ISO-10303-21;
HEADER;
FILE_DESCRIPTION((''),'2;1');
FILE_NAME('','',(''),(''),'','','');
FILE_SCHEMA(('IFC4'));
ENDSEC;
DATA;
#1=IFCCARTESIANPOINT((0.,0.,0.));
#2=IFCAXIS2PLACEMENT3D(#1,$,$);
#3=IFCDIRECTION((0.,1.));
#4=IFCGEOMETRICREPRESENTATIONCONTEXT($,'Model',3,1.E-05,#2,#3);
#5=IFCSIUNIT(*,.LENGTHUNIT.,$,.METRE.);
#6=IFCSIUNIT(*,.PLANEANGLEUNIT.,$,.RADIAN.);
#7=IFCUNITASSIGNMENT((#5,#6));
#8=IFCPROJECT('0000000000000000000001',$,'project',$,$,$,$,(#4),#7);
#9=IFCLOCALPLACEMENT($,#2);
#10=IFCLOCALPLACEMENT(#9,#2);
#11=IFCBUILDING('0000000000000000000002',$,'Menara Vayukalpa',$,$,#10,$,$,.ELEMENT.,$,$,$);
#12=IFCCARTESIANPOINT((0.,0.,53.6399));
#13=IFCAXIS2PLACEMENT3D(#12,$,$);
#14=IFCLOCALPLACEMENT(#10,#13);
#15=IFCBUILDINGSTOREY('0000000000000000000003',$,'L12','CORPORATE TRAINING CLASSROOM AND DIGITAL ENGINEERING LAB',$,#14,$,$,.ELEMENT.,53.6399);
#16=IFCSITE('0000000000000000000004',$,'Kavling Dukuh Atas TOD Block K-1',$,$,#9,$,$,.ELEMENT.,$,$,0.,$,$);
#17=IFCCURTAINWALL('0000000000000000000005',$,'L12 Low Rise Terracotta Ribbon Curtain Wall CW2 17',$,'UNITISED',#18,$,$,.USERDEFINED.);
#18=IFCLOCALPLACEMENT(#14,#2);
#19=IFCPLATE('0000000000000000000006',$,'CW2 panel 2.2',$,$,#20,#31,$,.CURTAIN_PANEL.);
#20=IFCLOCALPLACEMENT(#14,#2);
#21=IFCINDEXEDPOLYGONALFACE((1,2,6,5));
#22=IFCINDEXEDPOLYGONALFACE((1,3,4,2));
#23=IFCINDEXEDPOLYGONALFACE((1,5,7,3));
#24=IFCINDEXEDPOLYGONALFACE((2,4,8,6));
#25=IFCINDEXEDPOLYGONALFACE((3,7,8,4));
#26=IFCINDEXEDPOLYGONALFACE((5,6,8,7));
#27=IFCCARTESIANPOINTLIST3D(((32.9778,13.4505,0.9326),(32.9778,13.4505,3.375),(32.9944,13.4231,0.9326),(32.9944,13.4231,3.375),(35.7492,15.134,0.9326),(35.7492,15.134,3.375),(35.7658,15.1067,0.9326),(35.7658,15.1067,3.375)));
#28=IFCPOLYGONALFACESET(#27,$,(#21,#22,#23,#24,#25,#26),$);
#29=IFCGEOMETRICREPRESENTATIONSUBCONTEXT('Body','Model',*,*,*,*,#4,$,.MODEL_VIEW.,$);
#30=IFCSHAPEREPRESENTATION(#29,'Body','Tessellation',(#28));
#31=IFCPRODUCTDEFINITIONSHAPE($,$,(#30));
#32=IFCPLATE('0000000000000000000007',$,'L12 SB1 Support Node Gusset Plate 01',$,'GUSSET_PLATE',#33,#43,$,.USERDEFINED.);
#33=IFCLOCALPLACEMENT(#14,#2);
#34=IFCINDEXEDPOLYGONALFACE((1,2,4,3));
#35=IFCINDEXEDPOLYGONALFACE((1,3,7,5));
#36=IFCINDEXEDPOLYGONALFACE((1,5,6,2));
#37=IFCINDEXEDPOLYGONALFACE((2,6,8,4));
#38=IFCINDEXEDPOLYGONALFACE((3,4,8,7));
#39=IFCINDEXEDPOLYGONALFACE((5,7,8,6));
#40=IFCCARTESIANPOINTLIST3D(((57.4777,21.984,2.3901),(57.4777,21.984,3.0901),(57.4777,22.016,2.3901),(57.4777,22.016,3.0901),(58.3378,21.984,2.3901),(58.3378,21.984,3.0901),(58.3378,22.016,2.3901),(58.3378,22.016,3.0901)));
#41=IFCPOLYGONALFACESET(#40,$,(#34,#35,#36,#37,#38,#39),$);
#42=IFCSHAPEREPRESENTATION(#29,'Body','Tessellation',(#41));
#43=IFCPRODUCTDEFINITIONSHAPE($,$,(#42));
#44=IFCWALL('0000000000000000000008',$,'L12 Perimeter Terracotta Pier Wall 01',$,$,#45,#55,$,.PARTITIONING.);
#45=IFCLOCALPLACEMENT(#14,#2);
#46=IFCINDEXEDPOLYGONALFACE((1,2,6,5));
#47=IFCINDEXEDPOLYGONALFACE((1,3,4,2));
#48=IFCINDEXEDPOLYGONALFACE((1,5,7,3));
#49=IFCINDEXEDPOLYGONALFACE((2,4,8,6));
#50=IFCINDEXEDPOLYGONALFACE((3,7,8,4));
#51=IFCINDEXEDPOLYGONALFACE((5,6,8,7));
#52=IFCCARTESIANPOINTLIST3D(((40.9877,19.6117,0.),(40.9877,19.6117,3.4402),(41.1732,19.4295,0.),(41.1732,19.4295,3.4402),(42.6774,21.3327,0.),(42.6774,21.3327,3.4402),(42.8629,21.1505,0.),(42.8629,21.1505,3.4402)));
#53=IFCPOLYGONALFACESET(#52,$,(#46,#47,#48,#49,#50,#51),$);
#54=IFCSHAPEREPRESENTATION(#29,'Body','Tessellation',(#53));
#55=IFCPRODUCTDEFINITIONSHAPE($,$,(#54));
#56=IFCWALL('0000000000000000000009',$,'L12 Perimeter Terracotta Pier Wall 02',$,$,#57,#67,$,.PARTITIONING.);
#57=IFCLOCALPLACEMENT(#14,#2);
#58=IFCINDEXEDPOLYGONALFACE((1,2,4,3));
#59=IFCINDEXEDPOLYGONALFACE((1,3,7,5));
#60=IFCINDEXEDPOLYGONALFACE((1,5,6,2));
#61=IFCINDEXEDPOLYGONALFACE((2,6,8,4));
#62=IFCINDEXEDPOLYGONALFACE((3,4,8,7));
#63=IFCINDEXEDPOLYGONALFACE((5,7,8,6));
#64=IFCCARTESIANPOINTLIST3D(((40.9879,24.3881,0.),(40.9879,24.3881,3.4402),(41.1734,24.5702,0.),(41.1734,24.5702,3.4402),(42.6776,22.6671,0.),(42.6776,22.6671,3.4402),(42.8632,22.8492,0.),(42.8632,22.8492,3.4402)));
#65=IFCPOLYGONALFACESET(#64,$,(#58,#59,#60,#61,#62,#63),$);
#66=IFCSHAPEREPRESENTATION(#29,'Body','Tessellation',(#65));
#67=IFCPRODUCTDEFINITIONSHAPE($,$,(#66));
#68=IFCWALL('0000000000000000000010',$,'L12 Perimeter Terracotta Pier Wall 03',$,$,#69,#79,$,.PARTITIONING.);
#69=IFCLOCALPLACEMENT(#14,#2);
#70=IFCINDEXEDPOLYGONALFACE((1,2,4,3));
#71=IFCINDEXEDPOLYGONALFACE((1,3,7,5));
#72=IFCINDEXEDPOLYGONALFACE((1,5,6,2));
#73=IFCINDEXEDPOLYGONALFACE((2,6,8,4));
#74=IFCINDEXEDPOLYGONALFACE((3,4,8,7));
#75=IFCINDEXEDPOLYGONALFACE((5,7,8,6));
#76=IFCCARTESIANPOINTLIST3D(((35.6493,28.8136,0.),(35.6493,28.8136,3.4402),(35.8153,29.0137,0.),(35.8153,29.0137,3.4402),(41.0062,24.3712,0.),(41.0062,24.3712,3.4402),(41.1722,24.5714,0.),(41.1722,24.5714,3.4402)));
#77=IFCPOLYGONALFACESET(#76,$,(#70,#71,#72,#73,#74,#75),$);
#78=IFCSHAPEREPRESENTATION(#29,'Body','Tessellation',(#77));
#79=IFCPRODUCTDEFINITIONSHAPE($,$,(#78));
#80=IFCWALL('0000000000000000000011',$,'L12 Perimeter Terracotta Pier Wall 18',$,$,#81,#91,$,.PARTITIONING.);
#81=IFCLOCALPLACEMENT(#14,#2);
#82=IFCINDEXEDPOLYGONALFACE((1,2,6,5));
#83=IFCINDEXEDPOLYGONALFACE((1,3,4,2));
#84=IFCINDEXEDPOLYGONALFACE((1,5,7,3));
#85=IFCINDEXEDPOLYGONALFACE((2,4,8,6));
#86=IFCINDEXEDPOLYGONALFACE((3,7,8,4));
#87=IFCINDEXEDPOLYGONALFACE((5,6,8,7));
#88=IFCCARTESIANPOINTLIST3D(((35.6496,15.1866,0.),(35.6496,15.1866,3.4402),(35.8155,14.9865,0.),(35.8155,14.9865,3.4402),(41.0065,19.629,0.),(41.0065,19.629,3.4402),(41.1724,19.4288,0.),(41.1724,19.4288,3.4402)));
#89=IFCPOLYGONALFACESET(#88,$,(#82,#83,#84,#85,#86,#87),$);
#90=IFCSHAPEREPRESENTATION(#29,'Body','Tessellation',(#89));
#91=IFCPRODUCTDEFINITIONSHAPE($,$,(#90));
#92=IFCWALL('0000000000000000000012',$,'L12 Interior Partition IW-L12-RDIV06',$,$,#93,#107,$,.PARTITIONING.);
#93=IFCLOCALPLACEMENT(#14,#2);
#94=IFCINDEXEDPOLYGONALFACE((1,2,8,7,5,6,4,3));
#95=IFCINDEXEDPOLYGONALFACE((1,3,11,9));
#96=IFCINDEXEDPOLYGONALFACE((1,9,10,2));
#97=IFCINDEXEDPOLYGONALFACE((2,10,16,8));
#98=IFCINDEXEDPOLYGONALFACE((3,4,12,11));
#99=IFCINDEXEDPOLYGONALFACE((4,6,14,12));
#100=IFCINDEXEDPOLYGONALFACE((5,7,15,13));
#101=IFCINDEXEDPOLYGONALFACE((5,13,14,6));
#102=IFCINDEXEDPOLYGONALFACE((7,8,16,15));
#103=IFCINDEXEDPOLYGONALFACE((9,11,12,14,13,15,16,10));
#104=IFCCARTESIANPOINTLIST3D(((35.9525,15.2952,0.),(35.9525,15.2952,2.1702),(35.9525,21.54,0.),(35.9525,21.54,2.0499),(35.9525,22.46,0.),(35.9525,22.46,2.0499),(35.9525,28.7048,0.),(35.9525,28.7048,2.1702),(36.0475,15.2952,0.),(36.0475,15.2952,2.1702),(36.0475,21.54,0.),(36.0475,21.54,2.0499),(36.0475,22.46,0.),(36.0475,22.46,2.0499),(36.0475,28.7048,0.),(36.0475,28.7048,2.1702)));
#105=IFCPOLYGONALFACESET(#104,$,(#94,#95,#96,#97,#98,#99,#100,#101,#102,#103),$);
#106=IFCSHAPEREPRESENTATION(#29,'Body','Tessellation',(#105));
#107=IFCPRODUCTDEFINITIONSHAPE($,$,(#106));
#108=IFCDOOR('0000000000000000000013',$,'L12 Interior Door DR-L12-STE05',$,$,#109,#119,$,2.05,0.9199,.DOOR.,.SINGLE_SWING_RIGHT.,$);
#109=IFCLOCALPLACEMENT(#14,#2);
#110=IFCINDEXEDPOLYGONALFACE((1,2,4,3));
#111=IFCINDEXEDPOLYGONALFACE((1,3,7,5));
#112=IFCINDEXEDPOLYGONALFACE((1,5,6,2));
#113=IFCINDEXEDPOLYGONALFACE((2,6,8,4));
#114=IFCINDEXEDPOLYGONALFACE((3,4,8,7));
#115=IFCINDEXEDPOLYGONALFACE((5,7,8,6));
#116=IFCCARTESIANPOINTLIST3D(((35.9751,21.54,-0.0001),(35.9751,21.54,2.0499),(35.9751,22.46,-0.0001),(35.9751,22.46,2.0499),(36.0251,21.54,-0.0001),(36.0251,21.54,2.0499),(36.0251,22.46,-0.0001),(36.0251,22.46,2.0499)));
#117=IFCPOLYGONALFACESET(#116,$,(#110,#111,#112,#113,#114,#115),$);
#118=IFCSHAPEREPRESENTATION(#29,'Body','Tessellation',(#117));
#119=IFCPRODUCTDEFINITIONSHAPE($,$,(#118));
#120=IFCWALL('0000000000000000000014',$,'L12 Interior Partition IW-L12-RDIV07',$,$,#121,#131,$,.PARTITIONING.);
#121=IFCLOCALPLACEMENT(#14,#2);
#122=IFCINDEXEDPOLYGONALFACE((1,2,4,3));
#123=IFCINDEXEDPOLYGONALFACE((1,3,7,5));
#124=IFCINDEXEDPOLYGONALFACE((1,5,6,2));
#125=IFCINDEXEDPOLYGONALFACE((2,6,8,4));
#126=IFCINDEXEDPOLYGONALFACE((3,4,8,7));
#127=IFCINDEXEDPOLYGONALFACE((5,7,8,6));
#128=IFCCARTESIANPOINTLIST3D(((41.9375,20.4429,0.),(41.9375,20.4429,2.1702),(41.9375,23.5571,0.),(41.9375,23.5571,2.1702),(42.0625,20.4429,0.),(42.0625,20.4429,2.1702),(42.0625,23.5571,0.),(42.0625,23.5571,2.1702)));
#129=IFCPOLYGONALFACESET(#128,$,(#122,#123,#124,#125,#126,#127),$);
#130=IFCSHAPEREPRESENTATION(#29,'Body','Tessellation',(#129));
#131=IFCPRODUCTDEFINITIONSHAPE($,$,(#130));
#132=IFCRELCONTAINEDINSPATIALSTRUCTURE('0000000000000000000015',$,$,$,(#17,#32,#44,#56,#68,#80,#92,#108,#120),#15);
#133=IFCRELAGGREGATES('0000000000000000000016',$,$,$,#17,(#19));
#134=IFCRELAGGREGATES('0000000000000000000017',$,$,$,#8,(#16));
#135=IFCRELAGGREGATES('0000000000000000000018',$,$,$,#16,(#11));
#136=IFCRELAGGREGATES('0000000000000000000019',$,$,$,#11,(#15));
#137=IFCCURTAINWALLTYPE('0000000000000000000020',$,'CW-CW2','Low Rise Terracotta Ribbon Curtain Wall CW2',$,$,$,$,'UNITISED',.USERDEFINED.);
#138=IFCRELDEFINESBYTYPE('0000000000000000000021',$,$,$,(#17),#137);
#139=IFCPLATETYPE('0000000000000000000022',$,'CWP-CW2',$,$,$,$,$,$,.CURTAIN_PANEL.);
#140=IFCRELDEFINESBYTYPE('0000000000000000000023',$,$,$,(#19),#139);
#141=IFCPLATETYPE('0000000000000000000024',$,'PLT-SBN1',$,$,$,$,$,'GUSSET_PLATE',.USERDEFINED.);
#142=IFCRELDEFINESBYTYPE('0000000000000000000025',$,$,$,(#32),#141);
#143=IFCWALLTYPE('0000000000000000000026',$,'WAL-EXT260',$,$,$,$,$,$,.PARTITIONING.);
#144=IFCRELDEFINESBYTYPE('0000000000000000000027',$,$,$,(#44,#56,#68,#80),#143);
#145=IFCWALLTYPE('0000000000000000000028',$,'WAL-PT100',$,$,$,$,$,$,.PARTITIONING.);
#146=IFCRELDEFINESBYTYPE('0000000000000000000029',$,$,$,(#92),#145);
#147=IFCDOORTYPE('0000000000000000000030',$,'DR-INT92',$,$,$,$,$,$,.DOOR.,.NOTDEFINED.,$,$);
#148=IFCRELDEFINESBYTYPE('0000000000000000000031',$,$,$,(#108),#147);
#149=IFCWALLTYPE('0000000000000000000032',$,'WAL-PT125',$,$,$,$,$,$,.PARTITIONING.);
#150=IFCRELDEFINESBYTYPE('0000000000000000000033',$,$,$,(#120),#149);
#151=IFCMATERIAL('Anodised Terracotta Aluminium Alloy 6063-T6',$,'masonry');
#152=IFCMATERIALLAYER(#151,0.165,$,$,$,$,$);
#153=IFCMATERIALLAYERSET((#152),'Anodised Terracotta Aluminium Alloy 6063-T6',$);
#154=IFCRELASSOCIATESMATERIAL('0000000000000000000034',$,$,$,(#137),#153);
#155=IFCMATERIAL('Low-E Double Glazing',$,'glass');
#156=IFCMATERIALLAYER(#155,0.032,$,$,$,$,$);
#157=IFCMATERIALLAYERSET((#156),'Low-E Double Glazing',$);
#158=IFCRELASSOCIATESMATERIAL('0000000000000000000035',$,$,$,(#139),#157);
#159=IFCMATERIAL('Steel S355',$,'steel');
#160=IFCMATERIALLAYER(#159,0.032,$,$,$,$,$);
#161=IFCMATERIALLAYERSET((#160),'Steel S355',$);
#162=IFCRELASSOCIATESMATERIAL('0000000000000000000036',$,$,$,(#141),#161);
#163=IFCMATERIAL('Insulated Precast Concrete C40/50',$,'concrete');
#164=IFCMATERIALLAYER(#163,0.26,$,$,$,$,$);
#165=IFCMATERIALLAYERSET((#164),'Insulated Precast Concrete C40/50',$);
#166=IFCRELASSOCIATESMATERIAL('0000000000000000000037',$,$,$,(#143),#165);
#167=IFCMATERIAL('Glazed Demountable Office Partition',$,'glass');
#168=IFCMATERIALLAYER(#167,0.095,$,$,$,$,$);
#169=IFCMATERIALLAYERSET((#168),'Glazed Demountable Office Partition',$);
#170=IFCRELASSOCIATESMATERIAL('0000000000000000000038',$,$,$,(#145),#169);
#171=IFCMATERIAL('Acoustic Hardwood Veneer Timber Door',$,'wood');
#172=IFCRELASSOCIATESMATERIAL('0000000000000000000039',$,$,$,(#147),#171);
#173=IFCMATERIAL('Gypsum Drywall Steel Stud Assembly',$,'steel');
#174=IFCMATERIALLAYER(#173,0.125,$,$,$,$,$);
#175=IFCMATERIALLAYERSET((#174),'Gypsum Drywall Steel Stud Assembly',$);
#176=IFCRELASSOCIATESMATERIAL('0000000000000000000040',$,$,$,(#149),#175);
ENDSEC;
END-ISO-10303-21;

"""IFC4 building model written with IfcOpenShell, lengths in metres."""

from ifc_helpers import new_model, si_unit, direction, frame, frame_2d, origin, origin_2d, place, context, subcontext, project, spatial, rectangle, extrude, material, layer, layer_set, type_object, element, fill, aggregate, save


model = new_model("IFC4")

# Units and contexts
model_context = context("Model", 3, precision=1e-05, world=origin(), true_north=direction((0.0, 1.0)))
body_context = subcontext(model_context, "Body", "Model", "MODEL_VIEW")
ifc_project = project(units=[si_unit("LENGTHUNIT", "METRE"), si_unit("PLANEANGLEUNIT", "RADIAN")], contexts=[model_context])

# Site, building, storey
site_placement = place(None, origin())
site = spatial("IfcSite", under=ifc_project, at=site_placement, Name="Kavling Dukuh Atas TOD Block K-1", CompositionType="ELEMENT", RefElevation=0.0)
building_placement = place(site_placement, origin())
building = spatial("IfcBuilding", under=site, at=building_placement, Name="Menara Vayukalpa", CompositionType="ELEMENT")
storey_placement = place(building_placement, frame((0.0, 0.0, 53.6399)))
storey = spatial("IfcBuildingStorey", under=building, at=storey_placement, Name="L12", Description="CORPORATE TRAINING CLASSROOM AND DIGITAL ENGINEERING LAB", CompositionType="ELEMENT", Elevation=53.6399)

# Curtain wall
ifc_material_1 = material(Name="Anodised Terracotta Aluminium Alloy 6063-T6", Category="masonry")
ifc_layer_1 = layer(ifc_material_1, 0.165)
ifc_layer_set_1 = layer_set([ifc_layer_1], Name="Anodised Terracotta Aluminium Alloy 6063-T6")
curtain_wall_type = type_object("IfcCurtainWallType", Name="CW-CW2", Description="Low Rise Terracotta Ribbon Curtain Wall CW2", ElementType="UNITISED", PredefinedType="USERDEFINED", material=ifc_layer_set_1)
curtain_wall_1_placement = place(storey_placement, origin())
curtain_wall_1 = element("IfcCurtainWall", 1, at=curtain_wall_1_placement, inside=storey, type_object=curtain_wall_type, Name="L12 Low Rise Terracotta Ribbon Curtain Wall CW2 17", ObjectType="UNITISED", PredefinedType="USERDEFINED")

# Plates
ifc_material_2 = material(Name="Low-E Double Glazing", Category="glass")
ifc_layer_2 = layer(ifc_material_2, 0.032)
ifc_layer_set_2 = layer_set([ifc_layer_2], Name="Low-E Double Glazing")
plate_type_1 = type_object("IfcPlateType", Name="CWP-CW2", PredefinedType="CURTAIN_PANEL", material=ifc_layer_set_2)
plate_1_placement = place(storey_placement, frame((34.3718, 14.2786, 0.9326), z_axis=(0.0, 0.0, 1.0), x_axis=(0.854664, 0.519182, 0.0)))
plate_1 = element("IfcPlate", 2, at=plate_1_placement, type_object=plate_type_1, Name="CW2 panel 2.2", PredefinedType="CURTAIN_PANEL", context=body_context, shape_type="SweptSolid", body=[
    extrude(rectangle(XDim=3.2427, YDim=0.032, at=origin_2d()), origin(), (0.0, 0.0, 1.0), 2.4424),
])
aggregate(curtain_wall_1, [plate_1])
ifc_material_3 = material(Name="Steel S355", Category="steel")
ifc_layer_3 = layer(ifc_material_3, 0.032)
ifc_layer_set_3 = layer_set([ifc_layer_3], Name="Steel S355")
plate_type_2 = type_object("IfcPlateType", Name="PLT-SBN1", ElementType="GUSSET_PLATE", PredefinedType="USERDEFINED", material=ifc_layer_set_3)
plate_2_placement = place(storey_placement, frame((57.9077, 22.0, 2.3901), z_axis=(0.0, 0.0, 1.0), x_axis=(1.0, 0.0, 0.0)))
element("IfcPlate", 3, at=plate_2_placement, inside=storey, type_object=plate_type_2, Name="L12 SB1 Support Node Gusset Plate 01", ObjectType="GUSSET_PLATE", PredefinedType="USERDEFINED", context=body_context, shape_type="SweptSolid", body=[
    extrude(rectangle(XDim=0.8601, YDim=0.032, at=origin_2d()), origin(), (0.0, 0.0, 1.0), 0.7),
])

# Walls
ifc_material_4 = material(Name="Insulated Precast Concrete C40/50", Category="concrete")
ifc_layer_4 = layer(ifc_material_4, 0.26)
ifc_layer_set_4 = layer_set([ifc_layer_4], Name="Insulated Precast Concrete C40/50")
wall_type_1 = type_object("IfcWallType", Name="WAL-EXT260", PredefinedType="PARTITIONING", material=ifc_layer_set_4)
for number, where, z_axis, x_axis, name in (
    (4, (42.7703, 21.2417, 0.0), (0.0, 0.0, 1.0), (-0.700599, -0.713556, 0.0), "L12 Perimeter Terracotta Pier Wall 01"),
    (5, (41.0806, 24.4792, 0.0), (0.0, 0.0, 1.0), (0.700599, -0.713556, 0.0), "L12 Perimeter Terracotta Pier Wall 02"),
):
    element("IfcWall", number, at=place(storey_placement, frame(where, z_axis=z_axis, x_axis=x_axis)), inside=storey, type_object=wall_type_1, Name=name, PredefinedType="PARTITIONING", context=body_context, shape_type="SweptSolid", body=[
        extrude(rectangle(XDim=2.4119, YDim=0.26, at=frame_2d((1.2061, 0.0))), origin(), (0.0, 0.0, 1.0), 3.4402),
    ])
for number, where, z_axis, x_axis, name in (
    (6, (35.7324, 28.9136, 0.0), (0.0, 0.0, 1.0), (0.769755, -0.63834, 0.0), "L12 Perimeter Terracotta Pier Wall 03"),
    (7, (41.0894, 19.5288, 0.0), (0.0, 0.0, 1.0), (-0.769755, -0.63834, 0.0), "L12 Perimeter Terracotta Pier Wall 18"),
):
    element("IfcWall", number, at=place(storey_placement, frame(where, z_axis=z_axis, x_axis=x_axis)), inside=storey, type_object=wall_type_1, Name=name, PredefinedType="PARTITIONING", context=body_context, shape_type="SweptSolid", body=[
        extrude(rectangle(XDim=6.9592, YDim=0.26, at=frame_2d((3.4795, 0.0))), origin(), (0.0, 0.0, 1.0), 3.4402),
    ])

# Wall, opening, door
ifc_material_5 = material(Name="Glazed Demountable Office Partition", Category="glass")
ifc_layer_5 = layer(ifc_material_5, 0.095)
ifc_layer_set_5 = layer_set([ifc_layer_5], Name="Glazed Demountable Office Partition")
wall_type_2 = type_object("IfcWallType", Name="WAL-PT100", PredefinedType="PARTITIONING", material=ifc_layer_set_5)
wall_1_placement = place(storey_placement, frame((36.0, 15.2952, 0.0), z_axis=(0.0, 0.0, 1.0), x_axis=(0.0, 1.0, 0.0)))
wall_1 = element("IfcWall", 8, at=wall_1_placement, inside=storey, type_object=wall_type_2, Name="L12 Interior Partition IW-L12-RDIV06", PredefinedType="PARTITIONING", context=body_context, shape_type="SweptSolid", body=[
    extrude(rectangle(XDim=13.4097, YDim=0.095, at=frame_2d((6.7048, 0.0))), origin(), (0.0, 0.0, 1.0), 2.1702),
])
opening_placement = place(wall_1_placement, frame((6.2449, 0.0, 0.0)))
opening = element("IfcOpeningElement", 9, at=opening_placement, cuts=wall_1, PredefinedType="OPENING", context=body_context, shape_type="SweptSolid", body=[
    extrude(rectangle(XDim=0.9199, YDim=2.05, at=frame_2d((0.46, 1.0249))), frame((0.0, 0.0574, 0.0), z_axis=(0.0, -1.0, 0.0), x_axis=(1.0, 0.0, 0.0)), (0.0, 0.0, 1.0), 0.115),
])
ifc_material_6 = material(Name="Acoustic Hardwood Veneer Timber Door", Category="wood")
door_type = type_object("IfcDoorType", Name="DR-INT92", OperationType="NOTDEFINED", PredefinedType="DOOR", material=ifc_material_6)
door_placement = place(opening_placement, origin())
door = element("IfcDoor", 10, at=door_placement, inside=storey, type_object=door_type, Name="L12 Interior Door DR-L12-STE05", OperationType="SINGLE_SWING_RIGHT", OverallHeight=2.05, OverallWidth=0.9199, PredefinedType="DOOR", context=body_context, shape_type="SweptSolid", body=[
    extrude(rectangle(XDim=0.9199, YDim=2.05, at=frame_2d((0.46, 1.0249))), frame((0.0, 0.0249, 0.0), z_axis=(0.0, -1.0, 0.0), x_axis=(1.0, 0.0, 0.0)), (0.0, 0.0, 1.0), 0.05),
])
fill(opening, door)

# Wall
ifc_material_7 = material(Name="Gypsum Drywall Steel Stud Assembly", Category="steel")
ifc_layer_6 = layer(ifc_material_7, 0.125)
ifc_layer_set_6 = layer_set([ifc_layer_6], Name="Gypsum Drywall Steel Stud Assembly")
wall_type_3 = type_object("IfcWallType", Name="WAL-PT125", PredefinedType="PARTITIONING", material=ifc_layer_set_6)
wall_2_placement = place(storey_placement, frame((42.0, 20.4429, 0.0), z_axis=(0.0, 0.0, 1.0), x_axis=(0.0, 1.0, 0.0)))
element("IfcWall", 11, at=wall_2_placement, inside=storey, type_object=wall_type_3, Name="L12 Interior Partition IW-L12-RDIV07", PredefinedType="PARTITIONING", context=body_context, shape_type="SweptSolid", body=[
    extrude(rectangle(XDim=3.1143, YDim=0.125, at=frame_2d((1.5571, 0.0))), origin(), (0.0, 0.0, 1.0), 2.1702),
])

save(model, "model.ifc")
